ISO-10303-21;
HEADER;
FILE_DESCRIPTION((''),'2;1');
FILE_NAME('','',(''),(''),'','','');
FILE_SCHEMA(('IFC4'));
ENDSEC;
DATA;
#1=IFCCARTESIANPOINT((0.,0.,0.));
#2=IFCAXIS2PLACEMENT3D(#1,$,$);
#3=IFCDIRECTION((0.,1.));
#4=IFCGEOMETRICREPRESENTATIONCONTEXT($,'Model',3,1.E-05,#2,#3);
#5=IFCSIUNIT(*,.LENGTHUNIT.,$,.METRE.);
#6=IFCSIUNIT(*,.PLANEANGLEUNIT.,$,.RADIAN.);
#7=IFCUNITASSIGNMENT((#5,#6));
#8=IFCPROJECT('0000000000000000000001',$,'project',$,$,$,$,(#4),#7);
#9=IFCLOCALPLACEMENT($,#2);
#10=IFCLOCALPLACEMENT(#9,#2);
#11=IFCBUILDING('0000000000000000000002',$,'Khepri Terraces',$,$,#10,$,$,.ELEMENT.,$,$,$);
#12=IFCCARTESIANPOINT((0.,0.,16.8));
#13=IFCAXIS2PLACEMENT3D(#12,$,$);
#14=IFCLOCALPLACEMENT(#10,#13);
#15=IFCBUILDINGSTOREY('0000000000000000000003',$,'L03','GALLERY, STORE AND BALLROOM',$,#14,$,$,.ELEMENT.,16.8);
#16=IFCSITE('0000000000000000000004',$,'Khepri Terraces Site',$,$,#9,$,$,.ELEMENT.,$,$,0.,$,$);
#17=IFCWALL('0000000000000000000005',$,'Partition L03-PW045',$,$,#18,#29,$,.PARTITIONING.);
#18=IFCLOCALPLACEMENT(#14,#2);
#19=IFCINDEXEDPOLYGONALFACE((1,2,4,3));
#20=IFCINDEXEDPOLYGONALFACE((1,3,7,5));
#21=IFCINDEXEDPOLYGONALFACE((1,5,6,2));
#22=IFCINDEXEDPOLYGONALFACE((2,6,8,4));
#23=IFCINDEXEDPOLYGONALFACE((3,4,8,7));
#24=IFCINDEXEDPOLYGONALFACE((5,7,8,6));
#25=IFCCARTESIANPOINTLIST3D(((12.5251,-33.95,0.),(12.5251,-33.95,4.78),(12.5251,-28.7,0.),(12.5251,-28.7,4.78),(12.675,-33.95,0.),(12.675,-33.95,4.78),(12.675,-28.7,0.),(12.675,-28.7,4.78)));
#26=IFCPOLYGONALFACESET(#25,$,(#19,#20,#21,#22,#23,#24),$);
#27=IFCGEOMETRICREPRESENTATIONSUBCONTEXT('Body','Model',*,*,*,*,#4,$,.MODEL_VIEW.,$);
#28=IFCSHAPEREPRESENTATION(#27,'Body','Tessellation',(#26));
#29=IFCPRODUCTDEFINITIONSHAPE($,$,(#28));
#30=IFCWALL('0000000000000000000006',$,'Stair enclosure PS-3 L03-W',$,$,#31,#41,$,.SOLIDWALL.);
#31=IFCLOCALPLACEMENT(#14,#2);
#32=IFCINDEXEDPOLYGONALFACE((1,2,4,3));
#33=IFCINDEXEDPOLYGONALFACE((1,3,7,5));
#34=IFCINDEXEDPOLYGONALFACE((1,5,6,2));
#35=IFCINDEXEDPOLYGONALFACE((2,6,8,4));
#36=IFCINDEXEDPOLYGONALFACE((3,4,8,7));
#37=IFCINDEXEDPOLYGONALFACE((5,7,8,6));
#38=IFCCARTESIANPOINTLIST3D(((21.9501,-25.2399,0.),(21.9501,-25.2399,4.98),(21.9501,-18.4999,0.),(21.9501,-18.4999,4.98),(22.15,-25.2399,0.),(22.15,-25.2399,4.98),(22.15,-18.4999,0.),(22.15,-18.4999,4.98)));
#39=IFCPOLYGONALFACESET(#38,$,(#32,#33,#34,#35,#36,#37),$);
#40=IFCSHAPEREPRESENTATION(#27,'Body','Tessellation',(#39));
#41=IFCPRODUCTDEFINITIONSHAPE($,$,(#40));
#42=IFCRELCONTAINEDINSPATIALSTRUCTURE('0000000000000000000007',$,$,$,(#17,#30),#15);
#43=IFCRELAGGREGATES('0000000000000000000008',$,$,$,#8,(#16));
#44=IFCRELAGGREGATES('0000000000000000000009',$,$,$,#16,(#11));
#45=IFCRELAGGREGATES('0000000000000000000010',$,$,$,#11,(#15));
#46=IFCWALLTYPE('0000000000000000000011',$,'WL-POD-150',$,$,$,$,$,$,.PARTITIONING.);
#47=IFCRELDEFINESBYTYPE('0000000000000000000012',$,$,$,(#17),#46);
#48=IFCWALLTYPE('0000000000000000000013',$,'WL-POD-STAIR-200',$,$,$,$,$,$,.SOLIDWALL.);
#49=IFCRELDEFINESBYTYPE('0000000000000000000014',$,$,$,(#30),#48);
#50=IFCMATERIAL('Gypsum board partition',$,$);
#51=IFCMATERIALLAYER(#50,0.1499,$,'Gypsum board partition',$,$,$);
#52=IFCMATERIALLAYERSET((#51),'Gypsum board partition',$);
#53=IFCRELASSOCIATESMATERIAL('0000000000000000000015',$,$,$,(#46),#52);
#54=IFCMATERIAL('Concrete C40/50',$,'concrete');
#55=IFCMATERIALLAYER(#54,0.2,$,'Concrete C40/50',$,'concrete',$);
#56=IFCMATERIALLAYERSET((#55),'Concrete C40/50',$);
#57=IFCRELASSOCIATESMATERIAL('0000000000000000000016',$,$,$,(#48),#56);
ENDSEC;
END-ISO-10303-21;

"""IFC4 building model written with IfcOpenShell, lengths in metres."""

from ifc_helpers import new_model, si_unit, direction, frame, frame_2d, origin, place, context, subcontext, project, spatial, rectangle, extrude, material, layer, layer_set, type_object, element, save


model = new_model("IFC4")

# Units and contexts
model_context = context("Model", 3, precision=1e-05, world=origin(), true_north=direction((0.0, 1.0)))
body_context = subcontext(model_context, "Body", "Model", "MODEL_VIEW")
ifc_project = project(units=[si_unit("LENGTHUNIT", "METRE"), si_unit("PLANEANGLEUNIT", "RADIAN")], contexts=[model_context])

# Site, building, storey
site_placement = place(None, origin())
site = spatial("IfcSite", under=ifc_project, at=site_placement, Name="Khepri Terraces Site", CompositionType="ELEMENT", RefElevation=0.0)
building_placement = place(site_placement, origin())
building = spatial("IfcBuilding", under=site, at=building_placement, Name="Khepri Terraces", CompositionType="ELEMENT")
storey_placement = place(building_placement, frame((0.0, 0.0, 16.8)))
storey = spatial("IfcBuildingStorey", under=building, at=storey_placement, Name="L03", Description="GALLERY, STORE AND BALLROOM", CompositionType="ELEMENT", Elevation=16.8)

# Walls
ifc_material_1 = material(Name="Gypsum board partition")
ifc_layer_1 = layer(ifc_material_1, 0.1499, Name="Gypsum board partition")
ifc_layer_set_1 = layer_set([ifc_layer_1], Name="Gypsum board partition")
wall_type_1 = type_object("IfcWallType", Name="WL-POD-150", PredefinedType="PARTITIONING", material=ifc_layer_set_1)
wall_1_placement = place(storey_placement, frame((12.6001, -33.95, 0.0), z_axis=(0.0, 0.0, 1.0), x_axis=(0.0, 1.0, 0.0)))
element("IfcWall", 1, at=wall_1_placement, inside=storey, type_object=wall_type_1, Name="Partition L03-PW045", PredefinedType="PARTITIONING", context=body_context, shape_type="SweptSolid", body=[
    extrude(rectangle(XDim=5.25, YDim=0.1499, at=frame_2d((2.625, 0.0))), origin(), (0.0, 0.0, 1.0), 4.78),
])
ifc_material_2 = material(Name="Concrete C40/50", Category="concrete")
ifc_layer_2 = layer(ifc_material_2, 0.2, Name="Concrete C40/50", Category="concrete")
ifc_layer_set_2 = layer_set([ifc_layer_2], Name="Concrete C40/50")
wall_type_2 = type_object("IfcWallType", Name="WL-POD-STAIR-200", PredefinedType="SOLIDWALL", material=ifc_layer_set_2)
wall_2_placement = place(storey_placement, frame((22.05, -25.24, 0.0), z_axis=(0.0, 0.0, 1.0), x_axis=(0.0, 1.0, 0.0)))
element("IfcWall", 2, at=wall_2_placement, inside=storey, type_object=wall_type_2, Name="Stair enclosure PS-3 L03-W", PredefinedType="SOLIDWALL", context=body_context, shape_type="SweptSolid", body=[
    extrude(rectangle(XDim=6.74, YDim=0.2, at=frame_2d((3.3701, 0.0))), origin(), (0.0, 0.0, 1.0), 4.98),
])

save(model, "model.ifc")
